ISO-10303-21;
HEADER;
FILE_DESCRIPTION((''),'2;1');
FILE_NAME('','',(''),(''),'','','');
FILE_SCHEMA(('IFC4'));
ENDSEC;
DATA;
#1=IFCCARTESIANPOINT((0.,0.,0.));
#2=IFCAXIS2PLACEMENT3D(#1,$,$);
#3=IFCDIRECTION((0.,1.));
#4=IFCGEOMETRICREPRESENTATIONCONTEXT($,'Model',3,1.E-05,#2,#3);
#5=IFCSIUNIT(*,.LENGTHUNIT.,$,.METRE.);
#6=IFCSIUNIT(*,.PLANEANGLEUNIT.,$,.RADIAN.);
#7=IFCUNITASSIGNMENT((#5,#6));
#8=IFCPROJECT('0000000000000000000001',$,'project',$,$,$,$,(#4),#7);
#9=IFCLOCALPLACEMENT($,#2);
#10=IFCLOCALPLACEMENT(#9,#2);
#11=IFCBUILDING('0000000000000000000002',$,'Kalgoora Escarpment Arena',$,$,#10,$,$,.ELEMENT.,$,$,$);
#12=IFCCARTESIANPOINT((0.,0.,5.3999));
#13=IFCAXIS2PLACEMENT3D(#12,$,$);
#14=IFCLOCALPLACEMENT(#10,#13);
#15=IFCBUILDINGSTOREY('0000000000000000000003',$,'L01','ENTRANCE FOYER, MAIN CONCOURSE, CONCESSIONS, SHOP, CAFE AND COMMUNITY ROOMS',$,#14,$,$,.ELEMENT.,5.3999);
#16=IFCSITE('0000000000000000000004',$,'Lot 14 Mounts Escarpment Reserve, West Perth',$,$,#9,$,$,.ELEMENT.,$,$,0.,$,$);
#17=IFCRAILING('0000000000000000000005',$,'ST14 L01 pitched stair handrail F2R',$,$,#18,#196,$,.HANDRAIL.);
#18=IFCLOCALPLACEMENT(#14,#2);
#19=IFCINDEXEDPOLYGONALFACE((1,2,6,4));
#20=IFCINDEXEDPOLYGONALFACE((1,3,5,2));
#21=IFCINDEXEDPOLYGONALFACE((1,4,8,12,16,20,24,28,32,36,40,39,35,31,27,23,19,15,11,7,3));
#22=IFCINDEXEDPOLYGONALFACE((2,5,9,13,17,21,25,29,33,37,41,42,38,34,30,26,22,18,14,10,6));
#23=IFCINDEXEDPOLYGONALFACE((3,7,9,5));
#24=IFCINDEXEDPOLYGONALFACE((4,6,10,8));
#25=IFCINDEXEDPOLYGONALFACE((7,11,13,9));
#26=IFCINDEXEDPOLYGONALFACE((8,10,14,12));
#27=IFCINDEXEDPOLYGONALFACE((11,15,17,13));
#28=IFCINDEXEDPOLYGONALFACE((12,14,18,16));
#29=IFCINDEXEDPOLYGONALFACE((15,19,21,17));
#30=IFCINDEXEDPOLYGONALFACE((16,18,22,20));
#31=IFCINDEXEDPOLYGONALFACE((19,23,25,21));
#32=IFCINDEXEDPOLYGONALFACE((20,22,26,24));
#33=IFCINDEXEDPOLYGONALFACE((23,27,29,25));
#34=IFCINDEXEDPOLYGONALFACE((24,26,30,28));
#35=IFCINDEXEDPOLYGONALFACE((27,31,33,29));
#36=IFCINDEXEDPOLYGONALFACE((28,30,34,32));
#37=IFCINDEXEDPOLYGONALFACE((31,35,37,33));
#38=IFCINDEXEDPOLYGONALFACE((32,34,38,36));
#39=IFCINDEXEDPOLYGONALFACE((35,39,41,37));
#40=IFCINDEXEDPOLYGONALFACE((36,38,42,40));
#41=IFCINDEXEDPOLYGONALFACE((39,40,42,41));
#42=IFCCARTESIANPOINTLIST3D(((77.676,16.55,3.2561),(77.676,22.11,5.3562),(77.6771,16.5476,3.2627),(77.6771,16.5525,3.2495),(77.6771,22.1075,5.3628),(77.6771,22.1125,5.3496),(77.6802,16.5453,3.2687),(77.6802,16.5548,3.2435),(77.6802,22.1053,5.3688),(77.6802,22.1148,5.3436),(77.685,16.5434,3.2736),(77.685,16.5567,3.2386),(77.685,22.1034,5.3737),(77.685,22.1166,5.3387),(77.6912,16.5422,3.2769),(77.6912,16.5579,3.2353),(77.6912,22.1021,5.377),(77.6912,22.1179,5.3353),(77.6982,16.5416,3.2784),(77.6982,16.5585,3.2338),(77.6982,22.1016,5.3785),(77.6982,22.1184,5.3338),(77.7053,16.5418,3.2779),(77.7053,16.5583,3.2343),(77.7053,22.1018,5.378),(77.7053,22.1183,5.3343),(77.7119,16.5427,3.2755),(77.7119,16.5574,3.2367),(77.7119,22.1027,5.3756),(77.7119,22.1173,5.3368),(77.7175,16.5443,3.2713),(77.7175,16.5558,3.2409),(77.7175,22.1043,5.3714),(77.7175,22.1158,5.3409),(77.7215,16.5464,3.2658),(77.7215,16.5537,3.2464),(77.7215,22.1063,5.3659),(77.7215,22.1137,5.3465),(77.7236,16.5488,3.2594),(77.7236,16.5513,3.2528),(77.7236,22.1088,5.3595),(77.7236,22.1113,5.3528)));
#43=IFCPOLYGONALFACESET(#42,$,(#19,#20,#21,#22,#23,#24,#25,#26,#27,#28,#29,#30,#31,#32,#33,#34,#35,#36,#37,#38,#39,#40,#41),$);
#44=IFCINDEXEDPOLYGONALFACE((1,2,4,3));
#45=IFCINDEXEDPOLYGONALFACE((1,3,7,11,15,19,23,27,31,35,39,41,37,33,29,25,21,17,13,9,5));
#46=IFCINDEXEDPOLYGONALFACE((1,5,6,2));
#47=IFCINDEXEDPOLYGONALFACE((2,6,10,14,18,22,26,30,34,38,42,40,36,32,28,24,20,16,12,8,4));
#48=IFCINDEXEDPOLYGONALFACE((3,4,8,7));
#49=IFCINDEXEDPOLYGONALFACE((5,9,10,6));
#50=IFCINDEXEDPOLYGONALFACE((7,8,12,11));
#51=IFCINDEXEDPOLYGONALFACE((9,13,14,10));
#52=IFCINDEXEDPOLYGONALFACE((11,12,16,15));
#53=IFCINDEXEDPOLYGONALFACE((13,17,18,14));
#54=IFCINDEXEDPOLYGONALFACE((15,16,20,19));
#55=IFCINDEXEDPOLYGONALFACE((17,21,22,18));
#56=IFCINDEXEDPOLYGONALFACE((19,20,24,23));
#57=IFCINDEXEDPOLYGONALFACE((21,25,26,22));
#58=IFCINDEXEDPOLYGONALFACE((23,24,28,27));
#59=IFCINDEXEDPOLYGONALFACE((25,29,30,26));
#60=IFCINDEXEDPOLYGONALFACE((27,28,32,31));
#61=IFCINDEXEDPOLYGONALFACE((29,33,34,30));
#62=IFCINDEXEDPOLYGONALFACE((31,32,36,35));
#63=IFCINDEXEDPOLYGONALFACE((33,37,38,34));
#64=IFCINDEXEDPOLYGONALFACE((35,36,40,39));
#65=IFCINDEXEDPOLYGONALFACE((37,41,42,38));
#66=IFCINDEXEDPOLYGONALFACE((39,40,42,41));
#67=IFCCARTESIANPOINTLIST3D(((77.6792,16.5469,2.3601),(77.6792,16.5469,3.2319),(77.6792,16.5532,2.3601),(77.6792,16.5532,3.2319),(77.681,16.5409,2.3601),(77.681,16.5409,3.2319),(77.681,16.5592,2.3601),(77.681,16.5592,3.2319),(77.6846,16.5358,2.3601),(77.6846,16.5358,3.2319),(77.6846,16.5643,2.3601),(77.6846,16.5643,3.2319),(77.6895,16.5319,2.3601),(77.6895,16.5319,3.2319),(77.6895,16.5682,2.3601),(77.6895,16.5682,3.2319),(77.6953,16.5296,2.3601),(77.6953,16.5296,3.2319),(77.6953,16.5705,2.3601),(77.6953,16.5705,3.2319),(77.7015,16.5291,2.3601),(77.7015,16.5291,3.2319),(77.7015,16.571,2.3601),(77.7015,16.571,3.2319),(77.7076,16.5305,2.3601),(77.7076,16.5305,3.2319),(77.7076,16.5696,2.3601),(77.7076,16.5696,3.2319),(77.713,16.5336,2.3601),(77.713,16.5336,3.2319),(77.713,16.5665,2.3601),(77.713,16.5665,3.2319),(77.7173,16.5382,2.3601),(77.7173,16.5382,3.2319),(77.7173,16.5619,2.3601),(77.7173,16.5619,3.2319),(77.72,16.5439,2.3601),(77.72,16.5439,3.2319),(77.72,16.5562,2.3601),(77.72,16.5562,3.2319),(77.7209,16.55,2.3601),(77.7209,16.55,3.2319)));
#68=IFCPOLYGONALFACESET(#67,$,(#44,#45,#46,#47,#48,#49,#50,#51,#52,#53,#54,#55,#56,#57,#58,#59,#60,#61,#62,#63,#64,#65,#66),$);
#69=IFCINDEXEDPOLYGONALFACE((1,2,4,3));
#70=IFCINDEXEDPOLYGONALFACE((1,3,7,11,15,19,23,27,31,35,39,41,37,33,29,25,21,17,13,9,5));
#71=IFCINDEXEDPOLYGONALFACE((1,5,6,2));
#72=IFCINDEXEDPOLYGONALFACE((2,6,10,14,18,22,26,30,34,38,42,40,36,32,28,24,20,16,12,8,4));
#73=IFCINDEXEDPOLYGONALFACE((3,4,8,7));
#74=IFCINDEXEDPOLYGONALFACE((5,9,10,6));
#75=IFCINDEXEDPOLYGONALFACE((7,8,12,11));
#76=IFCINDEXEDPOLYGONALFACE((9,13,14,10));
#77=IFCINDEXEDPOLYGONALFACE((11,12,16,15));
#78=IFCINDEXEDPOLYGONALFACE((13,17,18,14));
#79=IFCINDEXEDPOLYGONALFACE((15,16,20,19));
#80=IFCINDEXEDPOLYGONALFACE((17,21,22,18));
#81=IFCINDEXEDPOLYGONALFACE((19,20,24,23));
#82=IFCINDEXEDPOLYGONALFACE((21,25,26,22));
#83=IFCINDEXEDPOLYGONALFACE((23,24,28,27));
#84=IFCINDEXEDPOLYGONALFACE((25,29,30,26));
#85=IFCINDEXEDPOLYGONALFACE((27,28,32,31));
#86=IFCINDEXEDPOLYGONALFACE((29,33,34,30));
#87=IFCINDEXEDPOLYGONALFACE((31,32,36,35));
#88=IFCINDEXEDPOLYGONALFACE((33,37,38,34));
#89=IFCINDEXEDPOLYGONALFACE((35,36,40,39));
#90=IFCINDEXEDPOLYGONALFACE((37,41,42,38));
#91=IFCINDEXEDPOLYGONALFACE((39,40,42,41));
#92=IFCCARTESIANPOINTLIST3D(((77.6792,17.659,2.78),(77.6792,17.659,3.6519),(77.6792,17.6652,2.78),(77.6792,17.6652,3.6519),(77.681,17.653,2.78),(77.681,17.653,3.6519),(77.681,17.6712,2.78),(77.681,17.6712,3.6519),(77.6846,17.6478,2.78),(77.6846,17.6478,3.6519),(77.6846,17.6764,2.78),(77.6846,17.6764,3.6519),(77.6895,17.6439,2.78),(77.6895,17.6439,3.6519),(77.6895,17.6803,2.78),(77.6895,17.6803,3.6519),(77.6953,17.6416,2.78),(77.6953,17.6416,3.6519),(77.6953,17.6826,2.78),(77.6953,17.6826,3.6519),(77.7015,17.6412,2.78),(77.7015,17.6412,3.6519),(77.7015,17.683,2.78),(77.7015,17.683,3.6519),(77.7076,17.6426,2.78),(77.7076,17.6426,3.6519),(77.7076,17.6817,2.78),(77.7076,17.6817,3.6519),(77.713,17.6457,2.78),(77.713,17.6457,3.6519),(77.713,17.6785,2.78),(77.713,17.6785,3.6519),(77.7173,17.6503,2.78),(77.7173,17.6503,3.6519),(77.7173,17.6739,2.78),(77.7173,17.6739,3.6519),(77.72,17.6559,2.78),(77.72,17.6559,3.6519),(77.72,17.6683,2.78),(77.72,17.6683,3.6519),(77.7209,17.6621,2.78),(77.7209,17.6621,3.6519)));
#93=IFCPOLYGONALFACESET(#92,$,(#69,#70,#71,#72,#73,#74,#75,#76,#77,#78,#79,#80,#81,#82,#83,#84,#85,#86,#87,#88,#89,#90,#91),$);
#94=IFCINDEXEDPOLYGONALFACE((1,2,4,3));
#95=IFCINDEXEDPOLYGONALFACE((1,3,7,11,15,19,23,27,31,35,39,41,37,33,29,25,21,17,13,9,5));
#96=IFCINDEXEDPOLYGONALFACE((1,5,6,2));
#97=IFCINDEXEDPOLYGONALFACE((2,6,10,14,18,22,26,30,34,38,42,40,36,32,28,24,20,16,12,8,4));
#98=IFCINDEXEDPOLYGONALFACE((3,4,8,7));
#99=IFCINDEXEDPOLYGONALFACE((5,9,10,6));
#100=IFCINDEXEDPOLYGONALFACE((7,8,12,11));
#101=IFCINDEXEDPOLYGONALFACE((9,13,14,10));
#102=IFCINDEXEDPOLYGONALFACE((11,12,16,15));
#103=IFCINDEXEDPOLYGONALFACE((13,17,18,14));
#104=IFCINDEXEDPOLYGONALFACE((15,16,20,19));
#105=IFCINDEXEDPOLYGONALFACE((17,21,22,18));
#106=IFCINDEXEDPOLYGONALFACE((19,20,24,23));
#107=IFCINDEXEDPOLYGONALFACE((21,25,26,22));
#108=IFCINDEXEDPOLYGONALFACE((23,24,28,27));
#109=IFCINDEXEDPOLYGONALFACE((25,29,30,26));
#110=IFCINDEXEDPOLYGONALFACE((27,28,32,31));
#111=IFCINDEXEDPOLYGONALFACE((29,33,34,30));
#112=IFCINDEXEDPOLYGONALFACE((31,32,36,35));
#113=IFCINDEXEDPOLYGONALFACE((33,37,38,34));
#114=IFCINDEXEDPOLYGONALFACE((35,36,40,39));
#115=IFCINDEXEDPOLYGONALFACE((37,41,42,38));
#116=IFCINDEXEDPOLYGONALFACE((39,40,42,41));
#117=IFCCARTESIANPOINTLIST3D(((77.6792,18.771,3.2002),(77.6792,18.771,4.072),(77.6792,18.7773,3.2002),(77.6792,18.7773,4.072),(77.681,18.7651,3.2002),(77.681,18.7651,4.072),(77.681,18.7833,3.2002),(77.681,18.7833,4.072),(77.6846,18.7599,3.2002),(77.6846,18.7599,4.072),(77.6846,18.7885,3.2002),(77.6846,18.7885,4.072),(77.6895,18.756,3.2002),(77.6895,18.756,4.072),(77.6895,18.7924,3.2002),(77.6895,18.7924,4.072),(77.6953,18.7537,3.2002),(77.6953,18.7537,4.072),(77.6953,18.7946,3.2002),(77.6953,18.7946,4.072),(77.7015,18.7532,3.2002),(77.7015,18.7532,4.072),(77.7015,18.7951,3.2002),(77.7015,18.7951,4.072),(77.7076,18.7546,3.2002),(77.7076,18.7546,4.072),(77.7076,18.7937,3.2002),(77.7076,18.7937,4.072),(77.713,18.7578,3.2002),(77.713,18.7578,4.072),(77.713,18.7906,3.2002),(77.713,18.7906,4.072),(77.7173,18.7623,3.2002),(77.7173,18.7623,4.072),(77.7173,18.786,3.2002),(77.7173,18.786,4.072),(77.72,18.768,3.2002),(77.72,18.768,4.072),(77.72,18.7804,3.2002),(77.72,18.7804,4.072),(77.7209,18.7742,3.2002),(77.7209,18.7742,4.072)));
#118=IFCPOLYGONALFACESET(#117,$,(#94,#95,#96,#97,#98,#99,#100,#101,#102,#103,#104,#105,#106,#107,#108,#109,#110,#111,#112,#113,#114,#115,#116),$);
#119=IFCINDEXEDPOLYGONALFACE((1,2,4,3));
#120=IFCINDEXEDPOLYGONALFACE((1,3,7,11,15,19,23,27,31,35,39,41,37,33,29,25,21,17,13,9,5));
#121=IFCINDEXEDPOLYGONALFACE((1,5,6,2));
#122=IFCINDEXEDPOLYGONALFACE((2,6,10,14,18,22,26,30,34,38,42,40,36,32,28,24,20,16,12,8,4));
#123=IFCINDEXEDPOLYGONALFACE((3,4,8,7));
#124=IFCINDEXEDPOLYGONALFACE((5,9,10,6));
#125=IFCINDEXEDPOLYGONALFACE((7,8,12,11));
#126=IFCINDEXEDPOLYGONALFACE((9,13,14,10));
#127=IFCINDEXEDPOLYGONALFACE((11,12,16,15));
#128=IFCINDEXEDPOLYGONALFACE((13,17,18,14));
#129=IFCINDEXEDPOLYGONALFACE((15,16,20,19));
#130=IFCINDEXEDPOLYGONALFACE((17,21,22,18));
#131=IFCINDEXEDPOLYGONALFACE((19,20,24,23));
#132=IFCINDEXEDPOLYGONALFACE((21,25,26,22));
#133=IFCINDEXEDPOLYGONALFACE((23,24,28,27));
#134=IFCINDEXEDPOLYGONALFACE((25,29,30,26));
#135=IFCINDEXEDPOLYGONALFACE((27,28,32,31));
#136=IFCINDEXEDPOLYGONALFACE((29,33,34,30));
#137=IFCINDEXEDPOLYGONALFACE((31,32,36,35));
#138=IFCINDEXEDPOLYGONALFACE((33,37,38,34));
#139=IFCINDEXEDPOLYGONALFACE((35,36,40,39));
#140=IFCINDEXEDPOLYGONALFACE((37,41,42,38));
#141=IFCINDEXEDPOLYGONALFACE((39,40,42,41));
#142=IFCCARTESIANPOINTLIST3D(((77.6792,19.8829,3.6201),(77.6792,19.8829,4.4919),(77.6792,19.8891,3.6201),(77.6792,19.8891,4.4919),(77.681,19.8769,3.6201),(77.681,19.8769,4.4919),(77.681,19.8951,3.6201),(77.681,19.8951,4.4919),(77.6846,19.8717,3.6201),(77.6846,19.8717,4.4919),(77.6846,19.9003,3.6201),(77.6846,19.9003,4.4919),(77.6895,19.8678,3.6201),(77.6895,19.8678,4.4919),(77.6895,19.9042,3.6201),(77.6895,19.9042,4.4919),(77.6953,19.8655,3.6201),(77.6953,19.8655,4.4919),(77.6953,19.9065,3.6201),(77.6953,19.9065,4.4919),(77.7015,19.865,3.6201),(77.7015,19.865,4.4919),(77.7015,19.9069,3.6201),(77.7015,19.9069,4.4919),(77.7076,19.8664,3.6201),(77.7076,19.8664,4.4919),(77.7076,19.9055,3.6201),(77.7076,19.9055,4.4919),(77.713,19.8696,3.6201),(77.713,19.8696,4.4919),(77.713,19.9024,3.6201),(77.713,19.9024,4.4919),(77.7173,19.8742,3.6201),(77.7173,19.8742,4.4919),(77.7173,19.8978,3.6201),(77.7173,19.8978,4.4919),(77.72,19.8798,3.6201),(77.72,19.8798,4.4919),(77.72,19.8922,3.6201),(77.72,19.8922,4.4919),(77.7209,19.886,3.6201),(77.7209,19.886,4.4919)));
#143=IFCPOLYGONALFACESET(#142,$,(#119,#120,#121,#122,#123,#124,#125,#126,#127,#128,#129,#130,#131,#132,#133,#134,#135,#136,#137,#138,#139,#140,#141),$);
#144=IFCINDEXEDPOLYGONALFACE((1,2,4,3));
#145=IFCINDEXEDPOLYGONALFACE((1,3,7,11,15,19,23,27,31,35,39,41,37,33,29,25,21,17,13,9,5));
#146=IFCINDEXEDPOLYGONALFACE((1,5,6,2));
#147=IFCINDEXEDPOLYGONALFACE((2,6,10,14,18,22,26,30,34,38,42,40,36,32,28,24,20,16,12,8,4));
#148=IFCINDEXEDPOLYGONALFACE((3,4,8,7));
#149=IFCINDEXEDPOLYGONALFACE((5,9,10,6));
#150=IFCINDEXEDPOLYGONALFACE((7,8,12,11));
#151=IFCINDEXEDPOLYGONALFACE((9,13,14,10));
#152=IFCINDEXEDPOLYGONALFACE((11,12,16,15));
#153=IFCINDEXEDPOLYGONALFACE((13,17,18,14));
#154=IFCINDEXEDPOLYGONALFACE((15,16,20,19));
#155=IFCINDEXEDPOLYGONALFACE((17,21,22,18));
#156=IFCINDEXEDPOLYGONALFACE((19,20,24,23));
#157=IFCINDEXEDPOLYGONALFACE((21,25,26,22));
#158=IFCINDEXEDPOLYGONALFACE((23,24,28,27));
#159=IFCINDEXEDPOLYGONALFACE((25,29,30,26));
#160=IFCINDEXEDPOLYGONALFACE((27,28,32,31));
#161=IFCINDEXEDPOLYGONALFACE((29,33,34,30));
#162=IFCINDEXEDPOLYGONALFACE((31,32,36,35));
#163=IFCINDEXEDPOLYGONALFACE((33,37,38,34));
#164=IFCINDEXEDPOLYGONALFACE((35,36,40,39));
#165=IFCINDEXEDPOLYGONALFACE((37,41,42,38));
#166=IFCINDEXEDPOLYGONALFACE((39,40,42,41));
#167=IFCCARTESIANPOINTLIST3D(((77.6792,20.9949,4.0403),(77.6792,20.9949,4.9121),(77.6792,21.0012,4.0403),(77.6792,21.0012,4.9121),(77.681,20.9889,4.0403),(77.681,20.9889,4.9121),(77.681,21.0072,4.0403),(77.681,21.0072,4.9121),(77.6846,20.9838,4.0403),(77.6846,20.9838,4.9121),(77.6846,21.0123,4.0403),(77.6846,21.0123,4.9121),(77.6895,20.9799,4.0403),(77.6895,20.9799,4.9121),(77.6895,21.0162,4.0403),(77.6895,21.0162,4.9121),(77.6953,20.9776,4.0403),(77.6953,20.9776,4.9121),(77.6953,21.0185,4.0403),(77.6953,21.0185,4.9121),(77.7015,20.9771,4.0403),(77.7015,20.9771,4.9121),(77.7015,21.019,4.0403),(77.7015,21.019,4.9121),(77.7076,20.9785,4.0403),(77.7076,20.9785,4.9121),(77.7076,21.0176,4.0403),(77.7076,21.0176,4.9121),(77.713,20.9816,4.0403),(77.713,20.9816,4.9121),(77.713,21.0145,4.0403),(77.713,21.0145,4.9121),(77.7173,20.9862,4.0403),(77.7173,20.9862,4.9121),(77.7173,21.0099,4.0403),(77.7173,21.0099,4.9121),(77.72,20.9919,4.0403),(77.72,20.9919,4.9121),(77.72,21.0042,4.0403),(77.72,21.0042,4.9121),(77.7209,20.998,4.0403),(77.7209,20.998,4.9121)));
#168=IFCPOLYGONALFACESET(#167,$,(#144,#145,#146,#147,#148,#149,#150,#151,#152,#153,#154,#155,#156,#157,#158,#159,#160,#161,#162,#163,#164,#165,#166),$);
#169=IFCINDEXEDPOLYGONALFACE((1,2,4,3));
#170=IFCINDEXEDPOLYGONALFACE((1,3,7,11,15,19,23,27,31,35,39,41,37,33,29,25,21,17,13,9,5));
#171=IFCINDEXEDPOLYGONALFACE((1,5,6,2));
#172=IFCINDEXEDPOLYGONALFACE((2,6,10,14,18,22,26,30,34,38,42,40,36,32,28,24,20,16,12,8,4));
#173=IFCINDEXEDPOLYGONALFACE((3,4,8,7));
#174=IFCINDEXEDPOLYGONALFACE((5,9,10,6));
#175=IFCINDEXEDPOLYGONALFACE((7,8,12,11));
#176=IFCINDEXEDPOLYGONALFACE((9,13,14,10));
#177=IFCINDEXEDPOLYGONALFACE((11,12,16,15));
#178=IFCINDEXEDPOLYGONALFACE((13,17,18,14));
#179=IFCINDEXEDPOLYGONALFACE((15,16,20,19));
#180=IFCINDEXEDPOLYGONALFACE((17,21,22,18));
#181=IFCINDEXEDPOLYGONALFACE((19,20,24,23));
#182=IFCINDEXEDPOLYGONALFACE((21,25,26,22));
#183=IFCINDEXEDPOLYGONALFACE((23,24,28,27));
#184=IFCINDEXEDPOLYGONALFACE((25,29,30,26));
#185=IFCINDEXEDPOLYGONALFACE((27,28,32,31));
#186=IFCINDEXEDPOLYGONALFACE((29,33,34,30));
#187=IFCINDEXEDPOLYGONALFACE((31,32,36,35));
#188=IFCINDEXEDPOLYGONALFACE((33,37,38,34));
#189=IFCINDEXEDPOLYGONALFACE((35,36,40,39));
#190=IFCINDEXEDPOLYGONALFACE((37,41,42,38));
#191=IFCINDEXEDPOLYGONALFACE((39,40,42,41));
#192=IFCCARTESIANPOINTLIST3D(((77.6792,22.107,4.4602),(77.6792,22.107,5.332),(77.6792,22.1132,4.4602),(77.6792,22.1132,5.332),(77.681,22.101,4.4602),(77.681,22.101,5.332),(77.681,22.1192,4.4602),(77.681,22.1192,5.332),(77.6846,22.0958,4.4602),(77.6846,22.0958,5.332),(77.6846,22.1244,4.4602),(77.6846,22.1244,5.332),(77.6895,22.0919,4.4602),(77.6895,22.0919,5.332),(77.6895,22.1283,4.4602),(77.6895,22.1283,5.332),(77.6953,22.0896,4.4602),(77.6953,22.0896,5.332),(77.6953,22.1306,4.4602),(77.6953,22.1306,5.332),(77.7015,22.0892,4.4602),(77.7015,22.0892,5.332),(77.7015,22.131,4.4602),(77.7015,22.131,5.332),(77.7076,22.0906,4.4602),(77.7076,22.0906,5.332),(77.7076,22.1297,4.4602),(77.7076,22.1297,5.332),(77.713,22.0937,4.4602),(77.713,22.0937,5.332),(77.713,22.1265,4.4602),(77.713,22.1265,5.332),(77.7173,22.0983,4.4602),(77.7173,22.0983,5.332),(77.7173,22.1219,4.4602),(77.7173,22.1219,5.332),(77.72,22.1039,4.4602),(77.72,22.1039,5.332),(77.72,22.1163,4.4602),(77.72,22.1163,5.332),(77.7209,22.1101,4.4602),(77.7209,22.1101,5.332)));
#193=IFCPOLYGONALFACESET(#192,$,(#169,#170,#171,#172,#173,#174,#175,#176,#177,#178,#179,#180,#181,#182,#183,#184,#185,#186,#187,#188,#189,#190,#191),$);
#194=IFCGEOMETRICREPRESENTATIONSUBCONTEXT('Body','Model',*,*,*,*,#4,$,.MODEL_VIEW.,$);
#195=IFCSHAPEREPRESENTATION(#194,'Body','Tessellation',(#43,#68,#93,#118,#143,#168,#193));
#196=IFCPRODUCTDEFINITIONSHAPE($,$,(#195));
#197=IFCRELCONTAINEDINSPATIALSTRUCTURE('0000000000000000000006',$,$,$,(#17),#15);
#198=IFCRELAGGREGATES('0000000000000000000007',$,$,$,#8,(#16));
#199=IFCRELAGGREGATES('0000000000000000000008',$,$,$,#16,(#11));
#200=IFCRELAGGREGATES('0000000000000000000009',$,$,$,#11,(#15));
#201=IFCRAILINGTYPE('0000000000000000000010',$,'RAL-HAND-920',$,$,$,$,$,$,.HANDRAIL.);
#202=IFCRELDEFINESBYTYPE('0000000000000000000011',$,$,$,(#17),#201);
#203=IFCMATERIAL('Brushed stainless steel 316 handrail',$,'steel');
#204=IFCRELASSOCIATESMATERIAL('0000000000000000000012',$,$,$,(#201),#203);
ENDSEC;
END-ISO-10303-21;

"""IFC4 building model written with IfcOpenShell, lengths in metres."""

from ifc_helpers import new_model, si_unit, direction, frame, origin, origin_2d, place, context, subcontext, project, spatial, circle, extrude, material, type_object, element, save


model = new_model("IFC4")

# Units and contexts
model_context = context("Model", 3, precision=1e-05, world=origin(), true_north=direction((0.0, 1.0)))
body_context = subcontext(model_context, "Body", "Model", "MODEL_VIEW")
ifc_project = project(units=[si_unit("LENGTHUNIT", "METRE"), si_unit("PLANEANGLEUNIT", "RADIAN")], contexts=[model_context])

# Site, building, storey
site_placement = place(None, origin())
site = spatial("IfcSite", under=ifc_project, at=site_placement, Name="Lot 14 Mounts Escarpment Reserve, West Perth", CompositionType="ELEMENT", RefElevation=0.0)
building_placement = place(site_placement, origin())
building = spatial("IfcBuilding", under=site, at=building_placement, Name="Kalgoora Escarpment Arena", CompositionType="ELEMENT")
storey_placement = place(building_placement, frame((0.0, 0.0, 5.3999)))
storey = spatial("IfcBuildingStorey", under=building, at=storey_placement, Name="L01", Description="ENTRANCE FOYER, MAIN CONCOURSE, CONCESSIONS, SHOP, CAFE AND COMMUNITY ROOMS", CompositionType="ELEMENT", Elevation=5.3999)

# Railing
ifc_material_1 = material(Name="Brushed stainless steel 316 handrail", Category="steel")
railing_type = type_object("IfcRailingType", Name="RAL-HAND-920", PredefinedType="HANDRAIL", material=ifc_material_1)
railing_placement = place(storey_placement, frame((77.7, 16.55, 2.3601)))
element("IfcRailing", 1, at=railing_placement, inside=storey, type_object=railing_type, Name="ST14 L01 pitched stair handrail F2R", PredefinedType="HANDRAIL", context=body_context, shape_type="SweptSolid", body=[
    extrude(circle(Radius=0.0239, at=origin_2d()), frame((0.0, 0.0, 0.896), z_axis=(0.0, 0.935493, 0.353346), x_axis=(-1.0, 0.0, 0.0)), (0.0, 0.0, 1.0), 5.9434),
    extrude(circle(Radius=0.021, at=origin_2d()), origin(), (0.0, 0.0, 1.0), 0.8718),
    extrude(circle(Radius=0.021, at=origin_2d()), frame((0.0, 1.1121, 0.4199)), (0.0, 0.0, 1.0), 0.8718),
    extrude(circle(Radius=0.021, at=origin_2d()), frame((0.0, 2.2241, 0.8401)), (0.0, 0.0, 1.0), 0.8718),
    extrude(circle(Radius=0.021, at=origin_2d()), frame((0.0, 3.3359, 1.26)), (0.0, 0.0, 1.0), 0.8718),
    extrude(circle(Radius=0.021, at=origin_2d()), frame((0.0, 4.448, 1.6802)), (0.0, 0.0, 1.0), 0.8718),
    extrude(circle(Radius=0.021, at=origin_2d()), frame((0.0, 5.5601, 2.1001)), (0.0, 0.0, 1.0), 0.8718),
])

save(model, "model.ifc")
